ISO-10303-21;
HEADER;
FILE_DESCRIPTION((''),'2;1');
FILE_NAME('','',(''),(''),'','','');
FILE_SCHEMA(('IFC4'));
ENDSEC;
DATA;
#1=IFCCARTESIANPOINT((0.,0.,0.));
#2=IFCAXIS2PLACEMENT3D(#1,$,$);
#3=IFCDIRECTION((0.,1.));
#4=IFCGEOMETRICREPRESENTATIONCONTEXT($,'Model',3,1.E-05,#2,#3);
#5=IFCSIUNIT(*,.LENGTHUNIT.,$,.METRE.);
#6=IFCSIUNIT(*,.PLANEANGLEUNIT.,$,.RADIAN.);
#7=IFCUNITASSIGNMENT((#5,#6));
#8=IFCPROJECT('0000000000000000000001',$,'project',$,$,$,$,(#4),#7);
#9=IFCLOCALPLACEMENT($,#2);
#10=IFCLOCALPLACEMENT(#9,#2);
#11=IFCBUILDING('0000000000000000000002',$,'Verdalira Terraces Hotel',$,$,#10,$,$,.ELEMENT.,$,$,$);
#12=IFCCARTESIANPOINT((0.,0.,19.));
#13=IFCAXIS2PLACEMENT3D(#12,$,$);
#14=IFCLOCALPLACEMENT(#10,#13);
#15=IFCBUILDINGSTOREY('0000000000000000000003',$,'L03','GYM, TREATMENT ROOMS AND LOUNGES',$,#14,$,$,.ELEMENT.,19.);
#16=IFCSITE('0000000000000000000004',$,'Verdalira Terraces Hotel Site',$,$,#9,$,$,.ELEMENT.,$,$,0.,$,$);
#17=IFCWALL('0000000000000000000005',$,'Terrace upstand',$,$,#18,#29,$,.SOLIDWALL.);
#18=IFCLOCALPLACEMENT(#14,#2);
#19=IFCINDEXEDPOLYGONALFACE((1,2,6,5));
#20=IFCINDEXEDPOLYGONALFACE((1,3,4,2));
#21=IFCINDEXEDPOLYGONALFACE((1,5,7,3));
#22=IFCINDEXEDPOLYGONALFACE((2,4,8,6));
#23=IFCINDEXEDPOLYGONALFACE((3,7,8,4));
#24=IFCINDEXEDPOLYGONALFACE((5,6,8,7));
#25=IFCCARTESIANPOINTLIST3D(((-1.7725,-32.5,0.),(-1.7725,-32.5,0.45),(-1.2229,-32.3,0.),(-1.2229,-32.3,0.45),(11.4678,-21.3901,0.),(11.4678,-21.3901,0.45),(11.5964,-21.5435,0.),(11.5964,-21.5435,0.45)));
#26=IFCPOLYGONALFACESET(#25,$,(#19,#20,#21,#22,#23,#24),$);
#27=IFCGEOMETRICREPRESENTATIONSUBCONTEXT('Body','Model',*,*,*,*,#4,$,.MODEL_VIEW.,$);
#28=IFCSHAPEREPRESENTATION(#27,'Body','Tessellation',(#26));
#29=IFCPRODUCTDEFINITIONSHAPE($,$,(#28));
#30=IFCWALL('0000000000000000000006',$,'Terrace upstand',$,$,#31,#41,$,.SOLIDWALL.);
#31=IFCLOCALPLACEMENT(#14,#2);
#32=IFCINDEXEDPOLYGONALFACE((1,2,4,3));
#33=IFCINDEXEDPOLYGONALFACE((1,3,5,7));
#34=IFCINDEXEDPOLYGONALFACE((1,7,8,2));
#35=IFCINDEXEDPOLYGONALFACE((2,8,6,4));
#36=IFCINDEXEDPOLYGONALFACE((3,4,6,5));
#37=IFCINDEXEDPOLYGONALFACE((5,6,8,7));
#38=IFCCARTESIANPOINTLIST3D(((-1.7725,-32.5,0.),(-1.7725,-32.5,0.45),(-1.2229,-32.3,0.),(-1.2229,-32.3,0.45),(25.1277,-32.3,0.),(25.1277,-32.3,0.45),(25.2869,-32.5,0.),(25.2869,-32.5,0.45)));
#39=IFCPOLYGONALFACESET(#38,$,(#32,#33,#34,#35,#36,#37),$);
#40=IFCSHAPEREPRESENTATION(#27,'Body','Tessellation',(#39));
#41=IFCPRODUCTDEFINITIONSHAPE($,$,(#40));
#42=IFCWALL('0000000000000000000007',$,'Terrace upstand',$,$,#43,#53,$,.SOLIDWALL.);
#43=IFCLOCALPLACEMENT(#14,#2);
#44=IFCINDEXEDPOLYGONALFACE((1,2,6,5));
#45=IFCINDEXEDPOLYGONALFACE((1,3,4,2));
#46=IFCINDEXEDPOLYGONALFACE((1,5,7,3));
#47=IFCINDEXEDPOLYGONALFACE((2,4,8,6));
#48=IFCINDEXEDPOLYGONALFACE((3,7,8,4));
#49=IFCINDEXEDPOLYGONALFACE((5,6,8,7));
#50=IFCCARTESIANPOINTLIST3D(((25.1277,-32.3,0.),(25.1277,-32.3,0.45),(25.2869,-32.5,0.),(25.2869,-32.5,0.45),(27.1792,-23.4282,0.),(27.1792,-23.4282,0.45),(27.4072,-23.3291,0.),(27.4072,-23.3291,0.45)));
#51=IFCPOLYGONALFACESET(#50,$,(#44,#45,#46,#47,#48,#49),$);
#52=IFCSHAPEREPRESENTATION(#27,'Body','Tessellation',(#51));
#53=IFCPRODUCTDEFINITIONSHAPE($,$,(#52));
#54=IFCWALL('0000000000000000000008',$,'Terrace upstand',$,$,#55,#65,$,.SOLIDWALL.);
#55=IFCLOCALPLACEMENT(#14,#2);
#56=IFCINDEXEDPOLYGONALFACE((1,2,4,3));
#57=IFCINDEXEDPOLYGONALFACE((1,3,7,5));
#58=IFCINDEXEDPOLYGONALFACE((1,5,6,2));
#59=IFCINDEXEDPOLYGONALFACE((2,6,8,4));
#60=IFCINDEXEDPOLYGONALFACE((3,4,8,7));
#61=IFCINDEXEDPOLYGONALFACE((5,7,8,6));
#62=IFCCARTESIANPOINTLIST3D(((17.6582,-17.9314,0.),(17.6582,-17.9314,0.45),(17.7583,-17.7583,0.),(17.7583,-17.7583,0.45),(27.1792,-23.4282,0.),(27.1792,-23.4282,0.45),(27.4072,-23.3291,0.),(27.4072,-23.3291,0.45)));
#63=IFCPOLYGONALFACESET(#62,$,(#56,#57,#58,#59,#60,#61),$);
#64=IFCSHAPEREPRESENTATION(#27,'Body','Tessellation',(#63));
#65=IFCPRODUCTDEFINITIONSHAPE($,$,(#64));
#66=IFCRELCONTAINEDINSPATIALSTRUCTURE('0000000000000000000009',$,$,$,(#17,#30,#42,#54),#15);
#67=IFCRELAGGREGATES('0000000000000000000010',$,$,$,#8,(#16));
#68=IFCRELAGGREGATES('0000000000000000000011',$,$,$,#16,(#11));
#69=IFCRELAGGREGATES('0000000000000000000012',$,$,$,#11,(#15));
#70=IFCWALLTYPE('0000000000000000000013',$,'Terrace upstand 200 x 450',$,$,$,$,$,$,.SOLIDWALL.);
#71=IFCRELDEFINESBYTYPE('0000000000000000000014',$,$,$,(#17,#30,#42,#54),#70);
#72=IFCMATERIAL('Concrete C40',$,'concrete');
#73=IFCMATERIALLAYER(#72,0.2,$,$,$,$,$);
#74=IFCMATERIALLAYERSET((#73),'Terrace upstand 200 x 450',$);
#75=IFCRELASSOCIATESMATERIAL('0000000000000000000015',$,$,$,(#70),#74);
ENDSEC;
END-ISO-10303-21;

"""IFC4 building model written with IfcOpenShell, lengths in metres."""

from ifc_helpers import new_model, si_unit, direction, frame, origin, place, context, subcontext, project, spatial, polyline, outline, extrude, material, layer, layer_set, type_object, element, save


model = new_model("IFC4")

# Units and contexts
model_context = context("Model", 3, precision=1e-05, world=origin(), true_north=direction((0.0, 1.0)))
body_context = subcontext(model_context, "Body", "Model", "MODEL_VIEW")
ifc_project = project(units=[si_unit("LENGTHUNIT", "METRE"), si_unit("PLANEANGLEUNIT", "RADIAN")], contexts=[model_context])

# Site, building, storey
site_placement = place(None, origin())
site = spatial("IfcSite", under=ifc_project, at=site_placement, Name="Verdalira Terraces Hotel Site", CompositionType="ELEMENT", RefElevation=0.0)
building_placement = place(site_placement, origin())
building = spatial("IfcBuilding", under=site, at=building_placement, Name="Verdalira Terraces Hotel", CompositionType="ELEMENT")
storey_placement = place(building_placement, frame((0.0, 0.0, 19.0)))
storey = spatial("IfcBuildingStorey", under=building, at=storey_placement, Name="L03", Description="GYM, TREATMENT ROOMS AND LOUNGES", CompositionType="ELEMENT", Elevation=19.0)

# Walls
ifc_material_1 = material(Name="Concrete C40", Category="concrete")
ifc_layer_1 = layer(ifc_material_1, 0.2)
ifc_layer_set_1 = layer_set([ifc_layer_1], Name="Terrace upstand 200 x 450")
wall_type_1 = type_object("IfcWallType", Name="Terrace upstand 200 x 450", PredefinedType="SOLIDWALL", material=ifc_layer_set_1)
wall_1_placement = place(storey_placement, origin())
element("IfcWall", 1, at=wall_1_placement, inside=storey, type_object=wall_type_1, Name="Terrace upstand", PredefinedType="SOLIDWALL", context=body_context, shape_type="SweptSolid", body=[
    extrude(outline(polyline([(11.5964, -21.5435), (11.4678, -21.3901), (-1.7725, -32.5), (-1.2229, -32.3), (11.5964, -21.5435)])), origin(), (0.0, 0.0, 1.0), 0.45),
])
wall_2_placement = place(storey_placement, origin())
element("IfcWall", 2, at=wall_2_placement, inside=storey, type_object=wall_type_1, Name="Terrace upstand", PredefinedType="SOLIDWALL", context=body_context, shape_type="SweptSolid", body=[
    extrude(outline(polyline([(-1.2229, -32.3), (-1.7725, -32.5), (25.2869, -32.5), (25.1277, -32.3), (-1.2229, -32.3)])), origin(), (0.0, 0.0, 1.0), 0.45),
])
wall_3_placement = place(storey_placement, origin())
element("IfcWall", 3, at=wall_3_placement, inside=storey, type_object=wall_type_1, Name="Terrace upstand", PredefinedType="SOLIDWALL", context=body_context, shape_type="SweptSolid", body=[
    extrude(outline(polyline([(25.1277, -32.3), (25.2869, -32.5), (27.4072, -23.3291), (27.1792, -23.4282), (25.1277, -32.3)])), origin(), (0.0, 0.0, 1.0), 0.45),
])
wall_4_placement = place(storey_placement, origin())
element("IfcWall", 4, at=wall_4_placement, inside=storey, type_object=wall_type_1, Name="Terrace upstand", PredefinedType="SOLIDWALL", context=body_context, shape_type="SweptSolid", body=[
    extrude(outline(polyline([(27.1792, -23.4282), (27.4072, -23.3291), (17.7583, -17.7583), (17.6582, -17.9314), (27.1792, -23.4282)])), origin(), (0.0, 0.0, 1.0), 0.45),
])

save(model, "model.ifc")
